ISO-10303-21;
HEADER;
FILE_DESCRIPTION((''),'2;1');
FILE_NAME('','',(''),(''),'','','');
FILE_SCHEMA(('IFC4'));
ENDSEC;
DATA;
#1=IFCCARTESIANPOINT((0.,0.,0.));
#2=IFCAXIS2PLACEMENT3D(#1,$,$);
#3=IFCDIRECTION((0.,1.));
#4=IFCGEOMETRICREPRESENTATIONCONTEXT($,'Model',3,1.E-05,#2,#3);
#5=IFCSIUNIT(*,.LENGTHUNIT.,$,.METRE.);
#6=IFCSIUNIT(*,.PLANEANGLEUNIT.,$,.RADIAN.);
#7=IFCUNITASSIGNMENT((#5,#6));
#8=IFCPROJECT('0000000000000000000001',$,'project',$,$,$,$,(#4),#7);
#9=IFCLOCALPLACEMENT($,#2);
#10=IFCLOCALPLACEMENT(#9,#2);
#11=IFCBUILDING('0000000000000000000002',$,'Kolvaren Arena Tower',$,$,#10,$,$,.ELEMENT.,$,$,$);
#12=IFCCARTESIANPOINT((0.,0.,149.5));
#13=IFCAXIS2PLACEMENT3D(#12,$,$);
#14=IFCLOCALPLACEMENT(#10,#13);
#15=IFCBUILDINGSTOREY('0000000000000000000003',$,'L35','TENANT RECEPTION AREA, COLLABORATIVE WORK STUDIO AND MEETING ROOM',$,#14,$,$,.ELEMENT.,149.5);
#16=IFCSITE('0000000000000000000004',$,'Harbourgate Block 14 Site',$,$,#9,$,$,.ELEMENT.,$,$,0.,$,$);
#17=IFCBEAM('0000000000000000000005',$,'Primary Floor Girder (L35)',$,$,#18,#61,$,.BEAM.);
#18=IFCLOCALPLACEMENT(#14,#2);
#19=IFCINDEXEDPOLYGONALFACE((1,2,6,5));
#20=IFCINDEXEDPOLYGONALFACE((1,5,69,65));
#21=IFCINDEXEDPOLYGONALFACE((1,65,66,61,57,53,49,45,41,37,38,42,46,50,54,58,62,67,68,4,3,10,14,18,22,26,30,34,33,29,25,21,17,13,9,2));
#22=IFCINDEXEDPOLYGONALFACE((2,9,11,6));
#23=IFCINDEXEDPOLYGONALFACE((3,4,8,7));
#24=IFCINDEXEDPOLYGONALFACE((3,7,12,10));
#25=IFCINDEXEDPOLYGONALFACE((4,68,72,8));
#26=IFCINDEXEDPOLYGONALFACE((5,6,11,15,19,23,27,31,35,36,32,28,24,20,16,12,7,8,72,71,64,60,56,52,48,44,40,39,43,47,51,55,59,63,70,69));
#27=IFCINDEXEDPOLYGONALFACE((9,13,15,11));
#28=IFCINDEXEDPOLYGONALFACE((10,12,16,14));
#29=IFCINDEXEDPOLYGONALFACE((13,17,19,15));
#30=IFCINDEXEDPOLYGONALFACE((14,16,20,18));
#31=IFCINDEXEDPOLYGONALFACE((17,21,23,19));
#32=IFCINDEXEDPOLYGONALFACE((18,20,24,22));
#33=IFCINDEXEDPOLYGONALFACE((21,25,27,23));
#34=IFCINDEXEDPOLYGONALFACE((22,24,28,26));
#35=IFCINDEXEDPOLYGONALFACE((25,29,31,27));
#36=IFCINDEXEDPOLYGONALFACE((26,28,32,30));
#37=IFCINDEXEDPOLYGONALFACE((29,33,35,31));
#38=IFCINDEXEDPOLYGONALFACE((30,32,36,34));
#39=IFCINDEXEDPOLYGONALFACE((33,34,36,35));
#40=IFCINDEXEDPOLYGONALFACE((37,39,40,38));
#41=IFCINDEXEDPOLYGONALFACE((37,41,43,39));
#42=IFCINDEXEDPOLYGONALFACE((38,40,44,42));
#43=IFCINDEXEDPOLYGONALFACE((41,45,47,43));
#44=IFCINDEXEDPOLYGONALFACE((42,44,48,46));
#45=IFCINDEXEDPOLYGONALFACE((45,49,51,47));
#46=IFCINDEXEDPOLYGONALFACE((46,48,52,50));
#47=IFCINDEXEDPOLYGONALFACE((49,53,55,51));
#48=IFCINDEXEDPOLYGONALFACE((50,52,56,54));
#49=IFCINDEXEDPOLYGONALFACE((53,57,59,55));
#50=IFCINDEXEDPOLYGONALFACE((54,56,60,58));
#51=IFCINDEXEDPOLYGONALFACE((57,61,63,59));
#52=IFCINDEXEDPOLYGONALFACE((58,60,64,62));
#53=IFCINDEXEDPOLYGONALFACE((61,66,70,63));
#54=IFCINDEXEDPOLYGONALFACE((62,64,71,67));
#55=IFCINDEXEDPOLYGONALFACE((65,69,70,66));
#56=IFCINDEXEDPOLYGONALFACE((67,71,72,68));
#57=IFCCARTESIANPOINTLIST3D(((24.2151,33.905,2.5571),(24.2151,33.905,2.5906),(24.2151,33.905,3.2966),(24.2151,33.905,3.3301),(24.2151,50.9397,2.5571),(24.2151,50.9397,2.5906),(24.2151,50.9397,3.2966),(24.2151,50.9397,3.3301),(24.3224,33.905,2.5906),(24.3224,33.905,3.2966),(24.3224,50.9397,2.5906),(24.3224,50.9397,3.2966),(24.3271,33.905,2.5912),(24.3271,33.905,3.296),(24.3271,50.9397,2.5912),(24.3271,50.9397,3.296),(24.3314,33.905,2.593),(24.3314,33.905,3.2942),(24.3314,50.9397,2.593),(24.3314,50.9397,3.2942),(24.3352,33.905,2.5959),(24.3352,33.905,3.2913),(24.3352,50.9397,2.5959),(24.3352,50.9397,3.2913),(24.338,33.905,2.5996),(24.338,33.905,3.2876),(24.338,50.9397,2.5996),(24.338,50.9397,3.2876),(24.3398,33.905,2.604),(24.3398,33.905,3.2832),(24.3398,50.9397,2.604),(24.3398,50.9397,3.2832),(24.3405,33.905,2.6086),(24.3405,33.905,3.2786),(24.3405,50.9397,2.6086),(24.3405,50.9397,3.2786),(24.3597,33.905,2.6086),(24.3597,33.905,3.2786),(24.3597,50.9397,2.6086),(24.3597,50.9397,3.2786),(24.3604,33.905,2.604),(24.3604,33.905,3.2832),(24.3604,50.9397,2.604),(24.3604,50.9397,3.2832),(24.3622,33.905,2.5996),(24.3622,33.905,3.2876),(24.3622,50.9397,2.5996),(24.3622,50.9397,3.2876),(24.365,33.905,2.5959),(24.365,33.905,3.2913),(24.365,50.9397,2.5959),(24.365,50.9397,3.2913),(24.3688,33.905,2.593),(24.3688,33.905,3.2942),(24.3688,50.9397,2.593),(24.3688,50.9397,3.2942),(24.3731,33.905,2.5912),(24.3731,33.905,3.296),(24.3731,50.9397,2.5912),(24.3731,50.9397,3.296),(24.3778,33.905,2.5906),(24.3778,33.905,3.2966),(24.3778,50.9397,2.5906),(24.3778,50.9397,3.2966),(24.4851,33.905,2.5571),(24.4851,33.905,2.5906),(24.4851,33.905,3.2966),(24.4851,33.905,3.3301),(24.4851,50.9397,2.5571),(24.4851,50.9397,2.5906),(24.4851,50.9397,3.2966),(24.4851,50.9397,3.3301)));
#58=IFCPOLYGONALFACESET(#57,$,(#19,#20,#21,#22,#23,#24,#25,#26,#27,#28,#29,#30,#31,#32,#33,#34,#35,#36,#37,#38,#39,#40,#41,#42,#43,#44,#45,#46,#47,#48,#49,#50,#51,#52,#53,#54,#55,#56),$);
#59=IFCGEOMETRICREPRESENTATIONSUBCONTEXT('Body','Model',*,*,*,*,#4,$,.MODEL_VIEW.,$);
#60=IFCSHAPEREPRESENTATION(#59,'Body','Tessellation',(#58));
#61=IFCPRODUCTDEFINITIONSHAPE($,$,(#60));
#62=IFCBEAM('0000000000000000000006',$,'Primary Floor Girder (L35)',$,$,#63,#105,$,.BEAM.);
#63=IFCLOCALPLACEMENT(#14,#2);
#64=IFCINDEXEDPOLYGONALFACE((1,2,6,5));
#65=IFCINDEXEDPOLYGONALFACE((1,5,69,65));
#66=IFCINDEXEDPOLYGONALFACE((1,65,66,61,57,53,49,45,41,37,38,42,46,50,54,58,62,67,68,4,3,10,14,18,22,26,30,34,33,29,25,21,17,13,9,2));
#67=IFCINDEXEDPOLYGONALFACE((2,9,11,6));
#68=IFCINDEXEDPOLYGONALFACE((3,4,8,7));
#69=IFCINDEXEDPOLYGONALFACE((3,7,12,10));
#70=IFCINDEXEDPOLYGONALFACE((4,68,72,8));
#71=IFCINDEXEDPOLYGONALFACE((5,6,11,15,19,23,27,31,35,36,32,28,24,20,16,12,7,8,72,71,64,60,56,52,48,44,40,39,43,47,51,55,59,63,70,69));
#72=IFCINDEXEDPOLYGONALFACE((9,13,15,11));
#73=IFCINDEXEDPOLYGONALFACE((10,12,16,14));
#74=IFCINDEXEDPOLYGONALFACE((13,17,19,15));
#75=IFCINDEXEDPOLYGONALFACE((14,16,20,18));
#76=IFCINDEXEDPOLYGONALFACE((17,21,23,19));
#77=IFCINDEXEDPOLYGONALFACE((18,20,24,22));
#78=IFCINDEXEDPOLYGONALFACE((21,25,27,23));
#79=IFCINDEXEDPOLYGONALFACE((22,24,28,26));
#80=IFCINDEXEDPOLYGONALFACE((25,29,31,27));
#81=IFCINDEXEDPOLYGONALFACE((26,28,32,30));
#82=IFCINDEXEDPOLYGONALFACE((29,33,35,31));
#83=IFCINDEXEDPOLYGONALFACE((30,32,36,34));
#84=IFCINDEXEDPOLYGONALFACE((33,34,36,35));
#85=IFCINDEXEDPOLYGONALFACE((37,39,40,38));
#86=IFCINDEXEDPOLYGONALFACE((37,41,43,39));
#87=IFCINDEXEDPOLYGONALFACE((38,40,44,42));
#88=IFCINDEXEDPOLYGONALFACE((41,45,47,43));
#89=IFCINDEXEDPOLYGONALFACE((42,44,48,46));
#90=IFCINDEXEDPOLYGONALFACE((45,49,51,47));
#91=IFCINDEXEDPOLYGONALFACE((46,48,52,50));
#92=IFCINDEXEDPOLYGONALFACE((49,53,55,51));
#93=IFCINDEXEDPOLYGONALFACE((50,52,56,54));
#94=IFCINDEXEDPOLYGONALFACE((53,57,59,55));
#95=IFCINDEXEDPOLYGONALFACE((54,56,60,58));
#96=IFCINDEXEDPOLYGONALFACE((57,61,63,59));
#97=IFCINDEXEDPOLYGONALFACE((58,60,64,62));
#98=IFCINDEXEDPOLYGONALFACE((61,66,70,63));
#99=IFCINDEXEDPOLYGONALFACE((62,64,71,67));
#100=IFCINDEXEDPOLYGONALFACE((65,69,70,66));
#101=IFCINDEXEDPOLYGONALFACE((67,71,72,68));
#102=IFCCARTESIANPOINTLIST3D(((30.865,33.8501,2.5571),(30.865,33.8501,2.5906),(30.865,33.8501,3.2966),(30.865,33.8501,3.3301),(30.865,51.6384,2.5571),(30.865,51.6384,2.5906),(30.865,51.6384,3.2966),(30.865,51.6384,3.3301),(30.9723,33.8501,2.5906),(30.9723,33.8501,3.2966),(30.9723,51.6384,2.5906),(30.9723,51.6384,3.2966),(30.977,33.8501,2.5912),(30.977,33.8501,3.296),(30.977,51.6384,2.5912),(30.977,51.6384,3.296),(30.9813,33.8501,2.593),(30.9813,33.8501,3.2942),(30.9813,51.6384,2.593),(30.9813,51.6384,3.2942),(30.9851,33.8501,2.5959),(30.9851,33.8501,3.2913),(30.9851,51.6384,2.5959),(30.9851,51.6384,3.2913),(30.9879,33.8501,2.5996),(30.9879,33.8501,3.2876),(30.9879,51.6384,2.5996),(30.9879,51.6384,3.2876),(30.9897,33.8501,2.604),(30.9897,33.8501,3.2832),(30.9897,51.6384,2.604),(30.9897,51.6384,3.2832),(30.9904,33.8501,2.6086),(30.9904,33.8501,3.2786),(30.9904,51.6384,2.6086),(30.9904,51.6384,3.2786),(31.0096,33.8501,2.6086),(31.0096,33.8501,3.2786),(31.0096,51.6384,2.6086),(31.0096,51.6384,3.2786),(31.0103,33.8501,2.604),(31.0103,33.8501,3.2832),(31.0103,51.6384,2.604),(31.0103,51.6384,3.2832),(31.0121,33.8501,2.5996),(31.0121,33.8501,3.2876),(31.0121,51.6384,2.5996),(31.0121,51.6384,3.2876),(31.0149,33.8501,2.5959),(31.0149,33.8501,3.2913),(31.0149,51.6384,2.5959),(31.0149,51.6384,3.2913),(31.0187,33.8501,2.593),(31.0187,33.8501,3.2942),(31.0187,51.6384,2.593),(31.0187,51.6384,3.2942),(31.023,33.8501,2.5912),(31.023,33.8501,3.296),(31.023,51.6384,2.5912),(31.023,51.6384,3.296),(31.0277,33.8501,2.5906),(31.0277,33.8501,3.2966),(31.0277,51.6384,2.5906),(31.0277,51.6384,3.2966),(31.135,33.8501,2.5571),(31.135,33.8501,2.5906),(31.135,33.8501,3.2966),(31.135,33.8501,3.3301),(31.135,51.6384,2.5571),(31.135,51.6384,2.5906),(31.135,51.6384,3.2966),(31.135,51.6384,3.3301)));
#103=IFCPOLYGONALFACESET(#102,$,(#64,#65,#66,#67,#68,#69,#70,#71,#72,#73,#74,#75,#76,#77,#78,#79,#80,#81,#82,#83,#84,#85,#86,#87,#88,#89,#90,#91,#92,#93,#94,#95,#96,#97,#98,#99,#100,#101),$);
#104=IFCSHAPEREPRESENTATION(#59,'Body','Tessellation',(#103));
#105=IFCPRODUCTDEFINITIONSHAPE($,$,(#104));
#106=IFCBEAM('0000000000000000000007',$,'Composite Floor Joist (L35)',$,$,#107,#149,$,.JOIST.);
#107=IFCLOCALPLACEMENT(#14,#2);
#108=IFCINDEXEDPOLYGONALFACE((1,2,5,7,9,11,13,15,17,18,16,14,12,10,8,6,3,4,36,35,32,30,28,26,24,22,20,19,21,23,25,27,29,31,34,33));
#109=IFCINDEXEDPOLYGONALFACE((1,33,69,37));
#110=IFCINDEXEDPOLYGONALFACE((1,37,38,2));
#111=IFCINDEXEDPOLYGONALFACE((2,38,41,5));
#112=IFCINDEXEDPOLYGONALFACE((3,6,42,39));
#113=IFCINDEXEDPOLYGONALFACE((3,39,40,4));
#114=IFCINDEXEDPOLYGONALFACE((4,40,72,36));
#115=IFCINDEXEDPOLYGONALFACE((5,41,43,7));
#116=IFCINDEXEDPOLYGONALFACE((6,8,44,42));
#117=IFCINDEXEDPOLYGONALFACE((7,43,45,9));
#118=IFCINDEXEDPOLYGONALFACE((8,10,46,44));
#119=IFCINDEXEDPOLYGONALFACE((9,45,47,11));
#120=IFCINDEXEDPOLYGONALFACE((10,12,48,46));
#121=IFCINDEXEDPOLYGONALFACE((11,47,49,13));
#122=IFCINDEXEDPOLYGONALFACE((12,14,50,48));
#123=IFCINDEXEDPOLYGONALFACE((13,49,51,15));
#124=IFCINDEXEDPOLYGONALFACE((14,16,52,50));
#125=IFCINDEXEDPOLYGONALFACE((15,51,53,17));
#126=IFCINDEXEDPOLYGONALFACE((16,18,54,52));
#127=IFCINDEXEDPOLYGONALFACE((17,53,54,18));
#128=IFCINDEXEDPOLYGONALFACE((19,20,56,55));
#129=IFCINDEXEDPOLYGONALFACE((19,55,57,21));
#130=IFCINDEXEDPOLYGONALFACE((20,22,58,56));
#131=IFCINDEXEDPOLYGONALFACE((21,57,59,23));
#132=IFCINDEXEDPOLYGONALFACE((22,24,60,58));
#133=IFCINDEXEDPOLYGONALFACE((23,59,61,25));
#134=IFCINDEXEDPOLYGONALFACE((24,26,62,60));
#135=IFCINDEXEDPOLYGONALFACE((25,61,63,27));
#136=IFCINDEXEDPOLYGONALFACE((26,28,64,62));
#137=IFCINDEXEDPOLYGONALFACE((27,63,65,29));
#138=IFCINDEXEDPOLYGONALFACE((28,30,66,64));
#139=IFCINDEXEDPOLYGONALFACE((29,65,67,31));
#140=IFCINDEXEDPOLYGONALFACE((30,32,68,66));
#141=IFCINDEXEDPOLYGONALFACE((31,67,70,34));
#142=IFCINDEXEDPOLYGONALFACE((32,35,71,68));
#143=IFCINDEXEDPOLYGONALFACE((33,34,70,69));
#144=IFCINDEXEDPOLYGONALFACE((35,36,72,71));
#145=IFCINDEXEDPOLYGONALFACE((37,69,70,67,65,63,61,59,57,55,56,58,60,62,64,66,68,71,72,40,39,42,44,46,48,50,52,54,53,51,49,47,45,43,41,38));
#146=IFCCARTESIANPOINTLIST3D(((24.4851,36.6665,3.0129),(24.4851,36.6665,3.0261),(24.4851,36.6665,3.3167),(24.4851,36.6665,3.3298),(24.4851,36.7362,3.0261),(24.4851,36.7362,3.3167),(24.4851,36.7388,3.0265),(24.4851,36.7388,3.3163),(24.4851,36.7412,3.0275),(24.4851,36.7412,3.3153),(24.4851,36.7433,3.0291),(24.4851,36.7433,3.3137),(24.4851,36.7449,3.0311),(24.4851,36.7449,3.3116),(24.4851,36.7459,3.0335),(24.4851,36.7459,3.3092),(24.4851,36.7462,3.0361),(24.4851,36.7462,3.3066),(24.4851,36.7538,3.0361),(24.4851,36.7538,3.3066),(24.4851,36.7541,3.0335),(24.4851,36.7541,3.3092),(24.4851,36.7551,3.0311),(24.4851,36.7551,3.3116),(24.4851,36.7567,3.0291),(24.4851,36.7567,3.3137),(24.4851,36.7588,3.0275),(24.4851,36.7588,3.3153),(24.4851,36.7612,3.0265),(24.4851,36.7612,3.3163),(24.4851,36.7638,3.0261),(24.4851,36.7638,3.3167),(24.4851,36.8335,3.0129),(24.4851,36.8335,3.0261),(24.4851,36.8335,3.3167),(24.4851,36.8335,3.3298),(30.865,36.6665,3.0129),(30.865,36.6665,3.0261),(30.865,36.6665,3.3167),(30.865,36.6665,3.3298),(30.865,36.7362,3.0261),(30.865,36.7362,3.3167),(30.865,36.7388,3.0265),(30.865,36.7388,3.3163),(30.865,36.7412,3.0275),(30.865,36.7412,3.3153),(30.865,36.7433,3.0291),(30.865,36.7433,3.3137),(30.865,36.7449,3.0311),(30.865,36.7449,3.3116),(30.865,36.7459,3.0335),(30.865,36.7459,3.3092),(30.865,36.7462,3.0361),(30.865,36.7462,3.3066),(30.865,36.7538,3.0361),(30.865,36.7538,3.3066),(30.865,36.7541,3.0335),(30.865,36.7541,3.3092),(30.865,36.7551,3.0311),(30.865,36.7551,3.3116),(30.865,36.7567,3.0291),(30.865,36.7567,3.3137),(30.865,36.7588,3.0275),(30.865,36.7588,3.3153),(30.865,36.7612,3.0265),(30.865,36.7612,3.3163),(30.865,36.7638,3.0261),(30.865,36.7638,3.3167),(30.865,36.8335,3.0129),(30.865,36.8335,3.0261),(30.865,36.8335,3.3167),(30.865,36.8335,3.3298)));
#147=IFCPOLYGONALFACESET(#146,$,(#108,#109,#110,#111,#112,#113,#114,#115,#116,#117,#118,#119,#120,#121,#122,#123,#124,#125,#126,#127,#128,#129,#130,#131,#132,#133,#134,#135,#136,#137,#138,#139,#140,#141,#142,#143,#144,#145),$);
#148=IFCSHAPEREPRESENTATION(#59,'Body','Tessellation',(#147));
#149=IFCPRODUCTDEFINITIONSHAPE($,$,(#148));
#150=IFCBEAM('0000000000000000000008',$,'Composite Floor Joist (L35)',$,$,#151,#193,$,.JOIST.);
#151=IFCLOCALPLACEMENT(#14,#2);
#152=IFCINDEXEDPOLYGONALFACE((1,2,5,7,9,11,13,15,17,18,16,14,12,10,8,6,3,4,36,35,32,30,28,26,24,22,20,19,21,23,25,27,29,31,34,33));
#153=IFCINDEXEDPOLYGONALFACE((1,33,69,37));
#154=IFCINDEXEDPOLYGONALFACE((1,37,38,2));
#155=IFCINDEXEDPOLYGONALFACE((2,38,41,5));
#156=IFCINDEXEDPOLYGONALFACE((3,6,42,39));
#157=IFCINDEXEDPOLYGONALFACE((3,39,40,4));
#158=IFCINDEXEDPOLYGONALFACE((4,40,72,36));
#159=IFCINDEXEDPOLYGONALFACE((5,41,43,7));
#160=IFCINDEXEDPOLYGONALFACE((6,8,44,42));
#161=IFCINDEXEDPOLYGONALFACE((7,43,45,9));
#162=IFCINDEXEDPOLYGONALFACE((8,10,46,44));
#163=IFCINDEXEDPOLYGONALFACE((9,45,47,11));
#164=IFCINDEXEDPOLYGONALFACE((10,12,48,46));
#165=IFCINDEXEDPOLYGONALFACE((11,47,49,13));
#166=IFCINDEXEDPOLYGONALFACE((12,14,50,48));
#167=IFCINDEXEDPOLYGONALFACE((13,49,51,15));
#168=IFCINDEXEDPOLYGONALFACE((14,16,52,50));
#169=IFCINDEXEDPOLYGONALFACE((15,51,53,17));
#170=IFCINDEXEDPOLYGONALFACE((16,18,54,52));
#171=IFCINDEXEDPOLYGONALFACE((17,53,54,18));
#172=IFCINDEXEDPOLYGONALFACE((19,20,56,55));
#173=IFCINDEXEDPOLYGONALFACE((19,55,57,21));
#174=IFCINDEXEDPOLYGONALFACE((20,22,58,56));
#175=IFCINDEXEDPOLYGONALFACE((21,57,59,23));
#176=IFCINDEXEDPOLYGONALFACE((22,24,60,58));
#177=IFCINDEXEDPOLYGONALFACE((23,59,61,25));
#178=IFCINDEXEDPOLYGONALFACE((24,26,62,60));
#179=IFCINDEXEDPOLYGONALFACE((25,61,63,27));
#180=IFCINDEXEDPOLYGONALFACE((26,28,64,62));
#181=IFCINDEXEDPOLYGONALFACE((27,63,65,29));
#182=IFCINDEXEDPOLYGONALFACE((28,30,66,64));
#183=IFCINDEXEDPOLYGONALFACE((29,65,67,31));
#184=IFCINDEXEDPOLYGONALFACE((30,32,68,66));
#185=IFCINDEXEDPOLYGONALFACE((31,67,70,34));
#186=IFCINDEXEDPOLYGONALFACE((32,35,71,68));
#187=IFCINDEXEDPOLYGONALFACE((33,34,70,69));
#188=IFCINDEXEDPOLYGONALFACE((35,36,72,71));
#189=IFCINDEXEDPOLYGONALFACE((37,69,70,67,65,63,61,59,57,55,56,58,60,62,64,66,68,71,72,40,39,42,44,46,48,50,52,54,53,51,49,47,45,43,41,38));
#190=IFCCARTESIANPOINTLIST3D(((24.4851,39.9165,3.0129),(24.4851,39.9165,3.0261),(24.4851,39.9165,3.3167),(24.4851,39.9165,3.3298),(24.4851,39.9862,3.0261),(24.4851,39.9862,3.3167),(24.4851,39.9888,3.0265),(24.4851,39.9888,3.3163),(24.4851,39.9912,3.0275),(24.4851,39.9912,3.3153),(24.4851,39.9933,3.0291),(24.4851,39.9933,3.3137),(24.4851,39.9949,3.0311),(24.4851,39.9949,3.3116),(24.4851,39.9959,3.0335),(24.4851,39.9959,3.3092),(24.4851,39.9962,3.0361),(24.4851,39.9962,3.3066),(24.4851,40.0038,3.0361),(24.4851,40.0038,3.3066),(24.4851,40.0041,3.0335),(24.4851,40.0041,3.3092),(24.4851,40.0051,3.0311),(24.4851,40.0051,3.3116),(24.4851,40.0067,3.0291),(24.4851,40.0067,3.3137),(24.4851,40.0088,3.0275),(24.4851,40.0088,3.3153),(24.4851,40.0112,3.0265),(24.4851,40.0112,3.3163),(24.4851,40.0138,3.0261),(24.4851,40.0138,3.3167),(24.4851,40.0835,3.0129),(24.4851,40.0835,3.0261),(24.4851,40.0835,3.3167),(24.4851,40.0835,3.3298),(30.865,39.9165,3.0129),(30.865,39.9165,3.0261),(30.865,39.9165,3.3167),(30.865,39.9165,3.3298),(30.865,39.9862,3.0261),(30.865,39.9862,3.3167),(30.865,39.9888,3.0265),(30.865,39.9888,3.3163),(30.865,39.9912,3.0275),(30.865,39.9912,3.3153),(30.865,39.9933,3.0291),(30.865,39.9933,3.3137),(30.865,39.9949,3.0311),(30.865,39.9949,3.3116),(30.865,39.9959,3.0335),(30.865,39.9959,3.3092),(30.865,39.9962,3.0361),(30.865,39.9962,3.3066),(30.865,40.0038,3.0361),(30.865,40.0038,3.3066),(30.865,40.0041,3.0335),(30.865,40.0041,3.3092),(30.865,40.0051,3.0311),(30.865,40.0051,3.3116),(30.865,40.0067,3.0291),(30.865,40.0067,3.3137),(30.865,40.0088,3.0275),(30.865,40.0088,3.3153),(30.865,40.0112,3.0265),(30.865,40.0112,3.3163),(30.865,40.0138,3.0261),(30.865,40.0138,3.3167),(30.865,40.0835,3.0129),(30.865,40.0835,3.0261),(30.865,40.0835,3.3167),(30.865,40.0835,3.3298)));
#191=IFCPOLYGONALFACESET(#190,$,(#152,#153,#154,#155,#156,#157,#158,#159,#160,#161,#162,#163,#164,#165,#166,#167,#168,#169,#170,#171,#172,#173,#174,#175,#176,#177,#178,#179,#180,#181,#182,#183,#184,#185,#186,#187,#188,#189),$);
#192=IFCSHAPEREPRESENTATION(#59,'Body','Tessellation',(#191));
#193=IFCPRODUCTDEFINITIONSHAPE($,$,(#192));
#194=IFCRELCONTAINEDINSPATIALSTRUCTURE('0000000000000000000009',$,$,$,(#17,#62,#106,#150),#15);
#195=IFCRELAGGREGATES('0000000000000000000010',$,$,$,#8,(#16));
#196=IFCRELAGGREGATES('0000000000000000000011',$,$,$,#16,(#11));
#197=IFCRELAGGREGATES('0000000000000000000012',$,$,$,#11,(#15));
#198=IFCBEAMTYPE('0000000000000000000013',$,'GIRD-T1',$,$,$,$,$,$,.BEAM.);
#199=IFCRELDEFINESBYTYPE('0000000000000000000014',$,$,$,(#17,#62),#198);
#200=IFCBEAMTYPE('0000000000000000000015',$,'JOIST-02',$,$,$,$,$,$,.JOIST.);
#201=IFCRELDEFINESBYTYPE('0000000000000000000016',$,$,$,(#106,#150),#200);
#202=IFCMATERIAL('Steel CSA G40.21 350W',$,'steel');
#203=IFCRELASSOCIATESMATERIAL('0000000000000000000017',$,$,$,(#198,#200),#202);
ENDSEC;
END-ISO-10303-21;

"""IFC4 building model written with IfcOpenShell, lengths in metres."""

from ifc_helpers import new_model, si_unit, direction, frame, origin, origin_2d, place, context, subcontext, project, spatial, i_section, extrude, material, material_profile, profile_set, type_object, element, save


model = new_model("IFC4")

# Units and contexts
model_context = context("Model", 3, precision=1e-05, world=origin(), true_north=direction((0.0, 1.0)))
body_context = subcontext(model_context, "Body", "Model", "MODEL_VIEW")
ifc_project = project(units=[si_unit("LENGTHUNIT", "METRE"), si_unit("PLANEANGLEUNIT", "RADIAN")], contexts=[model_context])

# Site, building, storey
site_placement = place(None, origin())
site = spatial("IfcSite", under=ifc_project, at=site_placement, Name="Harbourgate Block 14 Site", CompositionType="ELEMENT", RefElevation=0.0)
building_placement = place(site_placement, origin())
building = spatial("IfcBuilding", under=site, at=building_placement, Name="Kolvaren Arena Tower", CompositionType="ELEMENT")
storey_placement = place(building_placement, frame((0.0, 0.0, 149.5)))
storey = spatial("IfcBuildingStorey", under=building, at=storey_placement, Name="L35", Description="TENANT RECEPTION AREA, COLLABORATIVE WORK STUDIO AND MEETING ROOM", CompositionType="ELEMENT", Elevation=149.5)

# Beams
ifc_material_1 = material(Name="Steel CSA G40.21 350W", Category="steel")
ifc_material_profile_1 = material_profile(ifc_material_1, i_section(OverallWidth=0.27, OverallDepth=0.7729, WebThickness=0.0193, FlangeThickness=0.0334, FilletRadius=0.0181, at=origin_2d()), Name="W760x257")
ifc_profile_set_1 = profile_set([ifc_material_profile_1], Name="Steel CSA G40.21 350W")
beam_type_1 = type_object("IfcBeamType", Name="GIRD-T1", PredefinedType="BEAM", material=ifc_profile_set_1)
beam_1_placement = place(storey_placement, frame((24.3501, 33.905, 2.9436), z_axis=(0.0, 1.0, 0.0), x_axis=(-1.0, 0.0, 0.0)))
element("IfcBeam", 1, at=beam_1_placement, inside=storey, type_object=beam_type_1, Name="Primary Floor Girder (L35)", PredefinedType="BEAM", context=body_context, shape_type="SweptSolid", body=[
    extrude(i_section(OverallWidth=0.27, OverallDepth=0.7729, WebThickness=0.0193, FlangeThickness=0.0334, FilletRadius=0.0181, at=origin_2d()), origin(), (0.0, 0.0, 1.0), 17.0347),
])
beam_2_placement = place(storey_placement, frame((31.0, 33.8501, 2.9436), z_axis=(0.0, 1.0, 0.0), x_axis=(-1.0, 0.0, 0.0)))
element("IfcBeam", 2, at=beam_2_placement, inside=storey, type_object=beam_type_1, Name="Primary Floor Girder (L35)", PredefinedType="BEAM", context=body_context, shape_type="SweptSolid", body=[
    extrude(i_section(OverallWidth=0.27, OverallDepth=0.7729, WebThickness=0.0193, FlangeThickness=0.0334, FilletRadius=0.0181, at=origin_2d()), origin(), (0.0, 0.0, 1.0), 17.7883),
])
ifc_material_profile_2 = material_profile(ifc_material_1, i_section(OverallWidth=0.167, OverallDepth=0.3169, WebThickness=0.0076, FlangeThickness=0.0132, FilletRadius=0.01, at=origin_2d()), Name="W310x52")
ifc_profile_set_2 = profile_set([ifc_material_profile_2], Name="Steel CSA G40.21 350W")
beam_type_2 = type_object("IfcBeamType", Name="JOIST-02", PredefinedType="JOIST", material=ifc_profile_set_2)
for number, where, z_axis, x_axis, name in (
    (3, (24.4851, 36.75, 3.1714), (1.0, 0.0, 0.0), (0.0, 1.0, 0.0), "Composite Floor Joist (L35)"),
    (4, (24.4851, 40.0, 3.1714), (1.0, 0.0, 0.0), (0.0, 1.0, 0.0), "Composite Floor Joist (L35)"),
):
    element("IfcBeam", number, at=place(storey_placement, frame(where, z_axis=z_axis, x_axis=x_axis)), inside=storey, type_object=beam_type_2, Name=name, PredefinedType="JOIST", context=body_context, shape_type="SweptSolid", body=[
        extrude(i_section(OverallWidth=0.167, OverallDepth=0.3169, WebThickness=0.0076, FlangeThickness=0.0132, FilletRadius=0.01, at=origin_2d()), origin(), (0.0, 0.0, 1.0), 6.3799),
    ])

save(model, "model.ifc")
